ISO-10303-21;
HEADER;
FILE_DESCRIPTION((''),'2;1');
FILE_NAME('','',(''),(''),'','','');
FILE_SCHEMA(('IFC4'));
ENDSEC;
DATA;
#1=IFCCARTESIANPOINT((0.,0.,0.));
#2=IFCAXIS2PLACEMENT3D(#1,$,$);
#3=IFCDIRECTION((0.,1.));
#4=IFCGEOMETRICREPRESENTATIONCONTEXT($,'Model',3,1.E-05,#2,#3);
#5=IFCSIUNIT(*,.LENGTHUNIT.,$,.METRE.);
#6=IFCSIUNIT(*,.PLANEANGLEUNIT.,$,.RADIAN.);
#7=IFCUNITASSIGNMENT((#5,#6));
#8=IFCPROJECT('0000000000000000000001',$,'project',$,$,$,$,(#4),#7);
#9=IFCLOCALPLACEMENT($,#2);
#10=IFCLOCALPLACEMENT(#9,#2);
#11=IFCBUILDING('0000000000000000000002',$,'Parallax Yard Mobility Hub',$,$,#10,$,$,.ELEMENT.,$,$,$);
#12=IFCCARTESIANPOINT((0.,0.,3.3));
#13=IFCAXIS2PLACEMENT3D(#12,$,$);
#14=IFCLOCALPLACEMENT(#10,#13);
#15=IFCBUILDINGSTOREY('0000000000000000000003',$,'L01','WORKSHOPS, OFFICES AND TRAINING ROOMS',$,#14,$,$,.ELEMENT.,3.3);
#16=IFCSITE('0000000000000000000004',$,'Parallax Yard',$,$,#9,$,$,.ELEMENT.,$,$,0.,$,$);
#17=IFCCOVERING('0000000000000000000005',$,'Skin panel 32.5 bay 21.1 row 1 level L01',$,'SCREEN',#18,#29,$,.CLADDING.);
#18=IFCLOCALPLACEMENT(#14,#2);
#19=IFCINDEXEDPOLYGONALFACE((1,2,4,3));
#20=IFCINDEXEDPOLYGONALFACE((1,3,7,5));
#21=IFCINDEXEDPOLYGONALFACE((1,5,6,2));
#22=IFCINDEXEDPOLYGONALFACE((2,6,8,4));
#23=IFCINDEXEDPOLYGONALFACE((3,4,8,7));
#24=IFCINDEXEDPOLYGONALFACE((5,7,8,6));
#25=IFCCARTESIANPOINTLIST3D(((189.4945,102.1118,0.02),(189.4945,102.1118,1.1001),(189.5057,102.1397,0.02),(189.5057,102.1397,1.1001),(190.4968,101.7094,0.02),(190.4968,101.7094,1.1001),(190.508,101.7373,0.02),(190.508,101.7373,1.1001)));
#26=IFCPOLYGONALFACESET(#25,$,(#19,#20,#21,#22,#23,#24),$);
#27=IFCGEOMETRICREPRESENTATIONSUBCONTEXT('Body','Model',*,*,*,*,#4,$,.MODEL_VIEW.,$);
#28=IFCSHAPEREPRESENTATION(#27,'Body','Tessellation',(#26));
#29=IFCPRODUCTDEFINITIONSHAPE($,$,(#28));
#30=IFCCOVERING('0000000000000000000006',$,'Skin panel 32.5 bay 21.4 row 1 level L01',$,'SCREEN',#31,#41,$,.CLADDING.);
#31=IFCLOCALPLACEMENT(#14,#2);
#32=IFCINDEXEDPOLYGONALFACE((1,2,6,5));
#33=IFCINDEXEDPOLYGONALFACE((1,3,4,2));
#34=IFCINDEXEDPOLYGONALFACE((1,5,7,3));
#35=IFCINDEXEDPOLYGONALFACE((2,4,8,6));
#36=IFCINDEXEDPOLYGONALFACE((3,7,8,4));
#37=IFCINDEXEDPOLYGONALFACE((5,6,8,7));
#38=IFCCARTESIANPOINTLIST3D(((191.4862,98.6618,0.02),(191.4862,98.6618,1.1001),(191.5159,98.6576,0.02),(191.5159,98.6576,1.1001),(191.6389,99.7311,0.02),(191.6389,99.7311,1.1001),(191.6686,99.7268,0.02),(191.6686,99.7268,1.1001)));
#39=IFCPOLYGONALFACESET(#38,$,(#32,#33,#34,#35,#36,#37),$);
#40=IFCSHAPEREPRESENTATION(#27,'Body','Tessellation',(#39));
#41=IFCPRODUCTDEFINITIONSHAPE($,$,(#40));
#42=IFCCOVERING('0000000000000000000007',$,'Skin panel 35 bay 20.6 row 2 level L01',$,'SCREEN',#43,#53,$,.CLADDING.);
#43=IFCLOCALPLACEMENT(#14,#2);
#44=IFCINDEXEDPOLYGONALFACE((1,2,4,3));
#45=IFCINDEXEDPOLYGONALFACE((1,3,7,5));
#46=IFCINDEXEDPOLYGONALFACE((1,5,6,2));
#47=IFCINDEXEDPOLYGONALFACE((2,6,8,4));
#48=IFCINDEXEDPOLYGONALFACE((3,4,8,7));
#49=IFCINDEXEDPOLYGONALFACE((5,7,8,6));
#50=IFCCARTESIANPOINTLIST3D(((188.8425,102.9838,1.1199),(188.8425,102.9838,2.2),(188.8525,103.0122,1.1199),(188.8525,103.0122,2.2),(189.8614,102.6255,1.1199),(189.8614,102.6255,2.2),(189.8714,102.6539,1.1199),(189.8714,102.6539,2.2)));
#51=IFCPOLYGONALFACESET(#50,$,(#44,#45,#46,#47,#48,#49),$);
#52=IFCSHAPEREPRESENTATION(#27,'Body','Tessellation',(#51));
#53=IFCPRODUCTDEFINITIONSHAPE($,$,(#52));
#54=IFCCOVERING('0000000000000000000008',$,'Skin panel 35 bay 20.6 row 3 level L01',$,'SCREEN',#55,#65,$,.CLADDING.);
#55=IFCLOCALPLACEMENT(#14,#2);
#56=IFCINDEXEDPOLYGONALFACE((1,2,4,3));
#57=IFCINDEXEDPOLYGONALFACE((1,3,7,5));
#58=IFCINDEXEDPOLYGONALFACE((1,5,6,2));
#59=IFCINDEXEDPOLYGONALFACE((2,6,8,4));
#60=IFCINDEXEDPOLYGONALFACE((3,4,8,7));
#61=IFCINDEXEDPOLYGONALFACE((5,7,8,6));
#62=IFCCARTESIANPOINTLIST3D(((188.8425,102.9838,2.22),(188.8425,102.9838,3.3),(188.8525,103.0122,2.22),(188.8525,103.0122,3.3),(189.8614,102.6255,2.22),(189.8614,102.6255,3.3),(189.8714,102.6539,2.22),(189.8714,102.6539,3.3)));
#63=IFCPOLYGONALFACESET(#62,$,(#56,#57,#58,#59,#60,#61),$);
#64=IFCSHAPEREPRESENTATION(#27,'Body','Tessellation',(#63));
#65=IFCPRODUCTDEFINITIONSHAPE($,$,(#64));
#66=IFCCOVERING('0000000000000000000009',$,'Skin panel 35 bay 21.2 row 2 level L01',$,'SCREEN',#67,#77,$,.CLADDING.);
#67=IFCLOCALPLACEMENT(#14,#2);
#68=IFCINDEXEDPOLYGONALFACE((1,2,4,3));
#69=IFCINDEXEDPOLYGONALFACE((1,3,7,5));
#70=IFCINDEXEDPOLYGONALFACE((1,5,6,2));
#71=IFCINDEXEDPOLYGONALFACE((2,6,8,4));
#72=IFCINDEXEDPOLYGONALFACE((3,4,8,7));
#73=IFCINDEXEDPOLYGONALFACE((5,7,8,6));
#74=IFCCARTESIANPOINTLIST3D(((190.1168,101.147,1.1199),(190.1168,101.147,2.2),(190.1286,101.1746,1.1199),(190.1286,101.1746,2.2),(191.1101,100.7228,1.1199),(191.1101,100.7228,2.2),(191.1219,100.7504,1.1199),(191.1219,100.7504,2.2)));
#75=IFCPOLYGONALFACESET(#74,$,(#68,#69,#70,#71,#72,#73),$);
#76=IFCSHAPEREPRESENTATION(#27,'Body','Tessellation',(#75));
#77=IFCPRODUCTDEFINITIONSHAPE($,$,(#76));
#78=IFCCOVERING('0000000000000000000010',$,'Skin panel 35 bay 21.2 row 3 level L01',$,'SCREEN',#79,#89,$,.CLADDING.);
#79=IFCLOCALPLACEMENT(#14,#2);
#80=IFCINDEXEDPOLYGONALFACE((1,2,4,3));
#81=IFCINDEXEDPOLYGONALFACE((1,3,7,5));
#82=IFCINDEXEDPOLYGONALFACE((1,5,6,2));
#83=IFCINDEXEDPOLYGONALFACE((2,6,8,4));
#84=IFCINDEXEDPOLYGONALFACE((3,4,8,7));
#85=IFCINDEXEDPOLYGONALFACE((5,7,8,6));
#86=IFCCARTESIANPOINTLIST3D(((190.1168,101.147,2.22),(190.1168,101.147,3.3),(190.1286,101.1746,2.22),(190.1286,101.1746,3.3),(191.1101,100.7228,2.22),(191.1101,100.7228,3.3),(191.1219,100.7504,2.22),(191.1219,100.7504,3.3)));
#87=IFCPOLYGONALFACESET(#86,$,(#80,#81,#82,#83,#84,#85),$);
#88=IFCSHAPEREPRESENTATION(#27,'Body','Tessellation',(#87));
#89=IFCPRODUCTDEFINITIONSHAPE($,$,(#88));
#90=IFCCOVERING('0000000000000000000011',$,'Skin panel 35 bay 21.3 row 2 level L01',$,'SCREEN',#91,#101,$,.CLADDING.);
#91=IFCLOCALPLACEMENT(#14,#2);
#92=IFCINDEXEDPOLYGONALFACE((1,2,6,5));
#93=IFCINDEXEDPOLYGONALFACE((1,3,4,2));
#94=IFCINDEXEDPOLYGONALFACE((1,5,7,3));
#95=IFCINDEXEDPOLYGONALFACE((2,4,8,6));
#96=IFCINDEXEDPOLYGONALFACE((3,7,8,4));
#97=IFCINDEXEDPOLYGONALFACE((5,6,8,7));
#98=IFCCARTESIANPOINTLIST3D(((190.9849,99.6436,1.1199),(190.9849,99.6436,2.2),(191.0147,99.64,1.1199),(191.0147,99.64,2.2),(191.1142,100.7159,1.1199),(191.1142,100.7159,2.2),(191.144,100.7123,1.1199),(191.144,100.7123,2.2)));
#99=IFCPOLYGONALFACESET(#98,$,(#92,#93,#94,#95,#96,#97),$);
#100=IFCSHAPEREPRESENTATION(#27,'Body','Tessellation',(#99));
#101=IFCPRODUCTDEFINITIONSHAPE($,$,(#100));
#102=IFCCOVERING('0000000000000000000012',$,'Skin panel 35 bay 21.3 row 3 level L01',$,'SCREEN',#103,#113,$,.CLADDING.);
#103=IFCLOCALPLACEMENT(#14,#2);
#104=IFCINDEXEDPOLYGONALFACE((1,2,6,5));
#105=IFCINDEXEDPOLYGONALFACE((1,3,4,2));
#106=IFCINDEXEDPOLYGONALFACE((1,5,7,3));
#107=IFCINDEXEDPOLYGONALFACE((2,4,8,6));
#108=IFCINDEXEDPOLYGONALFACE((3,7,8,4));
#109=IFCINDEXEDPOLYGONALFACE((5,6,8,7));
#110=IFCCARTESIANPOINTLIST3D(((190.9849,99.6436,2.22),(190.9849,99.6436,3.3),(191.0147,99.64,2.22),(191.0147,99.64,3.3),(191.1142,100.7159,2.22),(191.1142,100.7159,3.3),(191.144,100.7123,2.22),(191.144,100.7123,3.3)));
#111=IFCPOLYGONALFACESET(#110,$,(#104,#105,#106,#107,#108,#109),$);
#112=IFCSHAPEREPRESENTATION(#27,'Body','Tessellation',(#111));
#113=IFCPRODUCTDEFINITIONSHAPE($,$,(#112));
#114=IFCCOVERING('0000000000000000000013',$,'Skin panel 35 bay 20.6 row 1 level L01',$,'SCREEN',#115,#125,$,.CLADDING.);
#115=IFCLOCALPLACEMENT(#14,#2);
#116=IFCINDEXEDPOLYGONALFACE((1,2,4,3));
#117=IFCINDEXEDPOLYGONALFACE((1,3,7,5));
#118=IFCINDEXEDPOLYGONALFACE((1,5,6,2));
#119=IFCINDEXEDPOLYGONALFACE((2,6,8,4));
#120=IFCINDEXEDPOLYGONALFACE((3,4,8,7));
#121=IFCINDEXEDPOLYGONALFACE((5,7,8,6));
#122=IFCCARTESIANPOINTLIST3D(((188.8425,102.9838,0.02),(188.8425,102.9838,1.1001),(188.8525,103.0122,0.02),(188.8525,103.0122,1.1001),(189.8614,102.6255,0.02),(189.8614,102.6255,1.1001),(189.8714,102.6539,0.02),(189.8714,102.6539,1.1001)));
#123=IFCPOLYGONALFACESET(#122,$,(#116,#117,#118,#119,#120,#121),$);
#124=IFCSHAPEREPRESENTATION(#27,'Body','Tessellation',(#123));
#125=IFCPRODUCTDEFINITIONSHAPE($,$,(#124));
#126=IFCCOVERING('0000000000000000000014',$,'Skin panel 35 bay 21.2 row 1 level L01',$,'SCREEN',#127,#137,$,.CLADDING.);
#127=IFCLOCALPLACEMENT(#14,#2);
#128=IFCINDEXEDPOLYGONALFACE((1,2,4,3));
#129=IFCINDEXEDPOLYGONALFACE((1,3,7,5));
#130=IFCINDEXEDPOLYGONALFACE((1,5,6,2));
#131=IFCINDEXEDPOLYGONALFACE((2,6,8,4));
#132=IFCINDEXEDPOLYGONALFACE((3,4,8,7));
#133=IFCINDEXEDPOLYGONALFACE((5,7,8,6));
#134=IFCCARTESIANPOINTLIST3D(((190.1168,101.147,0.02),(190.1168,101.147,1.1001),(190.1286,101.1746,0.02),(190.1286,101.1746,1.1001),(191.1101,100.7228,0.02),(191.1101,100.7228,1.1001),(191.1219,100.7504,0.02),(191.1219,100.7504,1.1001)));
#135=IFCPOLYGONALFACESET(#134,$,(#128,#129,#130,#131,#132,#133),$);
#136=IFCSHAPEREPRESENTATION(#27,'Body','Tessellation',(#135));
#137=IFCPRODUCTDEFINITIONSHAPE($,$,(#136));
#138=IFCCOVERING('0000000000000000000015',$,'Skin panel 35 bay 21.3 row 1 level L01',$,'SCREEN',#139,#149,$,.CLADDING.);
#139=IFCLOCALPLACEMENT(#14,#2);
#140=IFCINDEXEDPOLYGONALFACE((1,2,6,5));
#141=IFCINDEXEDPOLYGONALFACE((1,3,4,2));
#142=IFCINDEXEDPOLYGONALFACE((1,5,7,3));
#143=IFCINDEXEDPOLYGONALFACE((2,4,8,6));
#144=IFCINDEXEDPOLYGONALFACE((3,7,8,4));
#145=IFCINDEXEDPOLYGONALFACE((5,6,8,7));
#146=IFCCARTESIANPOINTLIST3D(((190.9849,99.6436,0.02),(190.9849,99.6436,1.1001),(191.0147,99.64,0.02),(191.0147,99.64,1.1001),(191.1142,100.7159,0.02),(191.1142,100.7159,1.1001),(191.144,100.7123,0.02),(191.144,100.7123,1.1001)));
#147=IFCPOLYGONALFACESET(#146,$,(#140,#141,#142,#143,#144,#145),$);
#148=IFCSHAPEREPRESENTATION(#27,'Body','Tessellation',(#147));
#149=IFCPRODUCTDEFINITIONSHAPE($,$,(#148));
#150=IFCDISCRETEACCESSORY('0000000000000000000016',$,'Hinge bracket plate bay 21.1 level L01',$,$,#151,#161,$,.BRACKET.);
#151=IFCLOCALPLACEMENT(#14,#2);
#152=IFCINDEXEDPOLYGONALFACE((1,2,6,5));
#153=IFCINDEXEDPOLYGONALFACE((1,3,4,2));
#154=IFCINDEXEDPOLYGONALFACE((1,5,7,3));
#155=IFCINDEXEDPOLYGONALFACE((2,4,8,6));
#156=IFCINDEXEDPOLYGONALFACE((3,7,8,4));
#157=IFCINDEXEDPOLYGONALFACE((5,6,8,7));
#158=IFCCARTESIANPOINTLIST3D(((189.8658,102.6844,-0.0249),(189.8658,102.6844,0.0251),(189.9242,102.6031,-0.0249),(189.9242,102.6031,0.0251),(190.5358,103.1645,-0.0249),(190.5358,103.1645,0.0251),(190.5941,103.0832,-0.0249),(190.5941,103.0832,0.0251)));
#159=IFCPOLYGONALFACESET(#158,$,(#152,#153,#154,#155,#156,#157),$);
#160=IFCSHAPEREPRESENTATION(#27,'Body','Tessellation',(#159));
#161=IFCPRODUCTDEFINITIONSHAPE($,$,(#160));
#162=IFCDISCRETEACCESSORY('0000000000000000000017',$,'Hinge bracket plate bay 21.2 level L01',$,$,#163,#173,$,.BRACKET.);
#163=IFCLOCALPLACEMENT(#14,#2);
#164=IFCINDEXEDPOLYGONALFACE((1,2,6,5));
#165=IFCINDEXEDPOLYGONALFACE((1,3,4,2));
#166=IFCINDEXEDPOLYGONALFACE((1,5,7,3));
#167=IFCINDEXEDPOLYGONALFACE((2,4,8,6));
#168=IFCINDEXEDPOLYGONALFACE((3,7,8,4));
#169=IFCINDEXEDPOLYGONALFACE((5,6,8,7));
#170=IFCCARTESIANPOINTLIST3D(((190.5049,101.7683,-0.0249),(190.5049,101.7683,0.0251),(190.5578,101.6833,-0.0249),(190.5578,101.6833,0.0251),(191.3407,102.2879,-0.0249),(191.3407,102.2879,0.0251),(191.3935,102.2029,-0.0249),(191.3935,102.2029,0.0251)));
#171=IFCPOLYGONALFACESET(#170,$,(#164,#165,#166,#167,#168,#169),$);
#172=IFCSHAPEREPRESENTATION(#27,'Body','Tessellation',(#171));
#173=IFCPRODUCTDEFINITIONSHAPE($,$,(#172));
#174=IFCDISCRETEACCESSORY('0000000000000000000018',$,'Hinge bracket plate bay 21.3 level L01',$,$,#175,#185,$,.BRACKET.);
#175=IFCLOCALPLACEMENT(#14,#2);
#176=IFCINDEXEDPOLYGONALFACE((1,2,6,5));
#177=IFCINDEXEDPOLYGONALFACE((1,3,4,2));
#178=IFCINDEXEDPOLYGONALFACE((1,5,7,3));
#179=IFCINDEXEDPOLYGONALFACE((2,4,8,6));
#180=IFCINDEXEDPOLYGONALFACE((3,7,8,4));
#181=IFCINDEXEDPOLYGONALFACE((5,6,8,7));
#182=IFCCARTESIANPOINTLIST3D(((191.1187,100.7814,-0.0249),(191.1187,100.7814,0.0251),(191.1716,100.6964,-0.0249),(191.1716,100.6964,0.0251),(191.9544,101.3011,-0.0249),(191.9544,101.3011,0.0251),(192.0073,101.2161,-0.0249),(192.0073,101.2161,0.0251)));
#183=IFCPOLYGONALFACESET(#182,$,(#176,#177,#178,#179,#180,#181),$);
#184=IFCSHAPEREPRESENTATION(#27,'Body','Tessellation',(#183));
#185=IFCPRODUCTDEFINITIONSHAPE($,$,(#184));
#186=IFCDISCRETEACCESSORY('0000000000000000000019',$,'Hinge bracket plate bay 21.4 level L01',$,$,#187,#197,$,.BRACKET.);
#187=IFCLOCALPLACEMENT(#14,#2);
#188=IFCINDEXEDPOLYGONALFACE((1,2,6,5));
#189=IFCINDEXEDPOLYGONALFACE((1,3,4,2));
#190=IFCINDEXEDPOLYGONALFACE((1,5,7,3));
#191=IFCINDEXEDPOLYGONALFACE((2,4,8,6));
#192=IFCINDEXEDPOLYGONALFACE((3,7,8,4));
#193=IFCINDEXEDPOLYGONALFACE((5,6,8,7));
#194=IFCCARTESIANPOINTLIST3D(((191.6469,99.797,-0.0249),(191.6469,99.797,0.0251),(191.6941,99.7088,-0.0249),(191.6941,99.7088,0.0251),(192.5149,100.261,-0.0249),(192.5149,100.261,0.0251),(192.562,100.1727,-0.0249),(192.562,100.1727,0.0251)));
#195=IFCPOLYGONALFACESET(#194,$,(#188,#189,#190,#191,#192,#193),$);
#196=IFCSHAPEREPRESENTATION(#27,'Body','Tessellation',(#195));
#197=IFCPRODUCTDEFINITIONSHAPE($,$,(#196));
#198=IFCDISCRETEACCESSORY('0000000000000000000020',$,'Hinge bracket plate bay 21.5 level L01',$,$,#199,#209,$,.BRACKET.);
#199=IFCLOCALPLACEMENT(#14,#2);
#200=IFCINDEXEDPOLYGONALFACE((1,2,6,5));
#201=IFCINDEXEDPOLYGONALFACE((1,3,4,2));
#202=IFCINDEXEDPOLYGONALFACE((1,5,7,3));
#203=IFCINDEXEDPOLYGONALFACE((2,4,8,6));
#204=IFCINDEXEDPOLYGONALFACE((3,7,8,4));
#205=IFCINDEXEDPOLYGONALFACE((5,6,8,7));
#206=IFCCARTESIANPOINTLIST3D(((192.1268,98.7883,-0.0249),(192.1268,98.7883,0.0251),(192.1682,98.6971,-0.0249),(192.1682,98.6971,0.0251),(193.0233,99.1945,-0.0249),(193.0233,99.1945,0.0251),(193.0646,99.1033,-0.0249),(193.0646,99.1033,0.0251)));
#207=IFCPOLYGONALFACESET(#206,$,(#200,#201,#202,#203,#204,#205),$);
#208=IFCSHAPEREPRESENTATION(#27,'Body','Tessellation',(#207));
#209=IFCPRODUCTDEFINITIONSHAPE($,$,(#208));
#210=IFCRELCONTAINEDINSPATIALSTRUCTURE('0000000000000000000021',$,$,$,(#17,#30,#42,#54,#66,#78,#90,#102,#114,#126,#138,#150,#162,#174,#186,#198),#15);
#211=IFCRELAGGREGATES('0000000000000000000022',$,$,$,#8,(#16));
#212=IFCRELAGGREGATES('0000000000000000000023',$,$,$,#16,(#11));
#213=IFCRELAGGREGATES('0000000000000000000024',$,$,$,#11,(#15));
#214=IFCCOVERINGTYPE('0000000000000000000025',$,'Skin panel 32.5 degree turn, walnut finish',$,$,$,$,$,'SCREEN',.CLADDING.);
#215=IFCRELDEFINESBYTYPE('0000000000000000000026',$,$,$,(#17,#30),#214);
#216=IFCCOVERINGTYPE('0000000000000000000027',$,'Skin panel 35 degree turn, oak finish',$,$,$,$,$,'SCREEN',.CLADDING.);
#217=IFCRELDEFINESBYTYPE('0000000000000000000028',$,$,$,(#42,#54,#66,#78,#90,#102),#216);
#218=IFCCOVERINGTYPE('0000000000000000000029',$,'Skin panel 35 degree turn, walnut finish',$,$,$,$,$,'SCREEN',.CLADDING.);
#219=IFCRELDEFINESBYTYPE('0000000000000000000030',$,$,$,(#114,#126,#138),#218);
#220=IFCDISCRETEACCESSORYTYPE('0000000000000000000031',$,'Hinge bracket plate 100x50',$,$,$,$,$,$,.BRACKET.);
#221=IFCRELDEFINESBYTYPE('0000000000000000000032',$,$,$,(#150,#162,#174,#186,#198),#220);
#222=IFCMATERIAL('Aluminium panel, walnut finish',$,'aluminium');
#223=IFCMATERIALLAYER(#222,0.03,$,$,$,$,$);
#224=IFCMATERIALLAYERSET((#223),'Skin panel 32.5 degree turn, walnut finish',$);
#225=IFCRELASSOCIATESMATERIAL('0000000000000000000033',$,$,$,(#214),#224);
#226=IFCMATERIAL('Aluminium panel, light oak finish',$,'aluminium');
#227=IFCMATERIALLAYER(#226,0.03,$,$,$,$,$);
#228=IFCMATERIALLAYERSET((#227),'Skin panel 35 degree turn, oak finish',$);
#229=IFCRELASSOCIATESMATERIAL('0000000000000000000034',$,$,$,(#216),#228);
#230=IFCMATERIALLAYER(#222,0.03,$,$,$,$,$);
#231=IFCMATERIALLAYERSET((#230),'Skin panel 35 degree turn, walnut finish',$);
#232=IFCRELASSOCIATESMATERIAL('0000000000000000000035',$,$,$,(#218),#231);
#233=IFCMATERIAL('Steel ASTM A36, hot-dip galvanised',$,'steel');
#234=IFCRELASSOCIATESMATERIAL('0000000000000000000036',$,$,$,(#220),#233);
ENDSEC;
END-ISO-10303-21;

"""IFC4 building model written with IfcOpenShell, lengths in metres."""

from ifc_helpers import new_model, si_unit, direction, frame, origin, origin_2d, place, context, subcontext, project, spatial, rectangle, extrude, material, layer, layer_set, type_object, element, save


model = new_model("IFC4")

# Units and contexts
model_context = context("Model", 3, precision=1e-05, world=origin(), true_north=direction((0.0, 1.0)))
body_context = subcontext(model_context, "Body", "Model", "MODEL_VIEW")
ifc_project = project(units=[si_unit("LENGTHUNIT", "METRE"), si_unit("PLANEANGLEUNIT", "RADIAN")], contexts=[model_context])

# Site, building, storey
site_placement = place(None, origin())
site = spatial("IfcSite", under=ifc_project, at=site_placement, Name="Parallax Yard", CompositionType="ELEMENT", RefElevation=0.0)
building_placement = place(site_placement, origin())
building = spatial("IfcBuilding", under=site, at=building_placement, Name="Parallax Yard Mobility Hub", CompositionType="ELEMENT")
storey_placement = place(building_placement, frame((0.0, 0.0, 3.3)))
storey = spatial("IfcBuildingStorey", under=building, at=storey_placement, Name="L01", Description="WORKSHOPS, OFFICES AND TRAINING ROOMS", CompositionType="ELEMENT", Elevation=3.3)

# Coverings
ifc_material_1 = material(Name="Aluminium panel, light oak finish", Category="aluminium")
ifc_material_2 = material(Name="Aluminium panel, walnut finish", Category="aluminium")
ifc_layer_1 = layer(ifc_material_2, 0.03)
ifc_layer_set_1 = layer_set([ifc_layer_1], Name="Skin panel 32.5 degree turn, walnut finish")
covering_type_1 = type_object("IfcCoveringType", Name="Skin panel 32.5 degree turn, walnut finish", ElementType="SCREEN", PredefinedType="CLADDING", material=ifc_layer_set_1)
for number, where, z_axis, x_axis, name in (
    (1, (190.0012, 101.9246, 0.02), (0.0, 0.0, 1.0), (-0.927999, 0.372583, 0.0), "Skin panel 32.5 bay 21.1 row 1 level L01"),
    (2, (191.5774, 99.1943, 0.02), (0.0, 0.0, 1.0), (-0.141333, -0.989962, 0.0), "Skin panel 32.5 bay 21.4 row 1 level L01"),
):
    element("IfcCovering", number, at=place(storey_placement, frame(where, z_axis=z_axis, x_axis=x_axis)), inside=storey, type_object=covering_type_1, Name=name, ObjectType="SCREEN", PredefinedType="CLADDING", context=body_context, shape_type="SweptSolid", body=[
        extrude(rectangle(XDim=1.0801, YDim=0.03, at=origin_2d()), origin(), (0.0, 0.0, 1.0), 1.0801),
    ])
ifc_layer_2 = layer(ifc_material_1, 0.03)
ifc_layer_set_2 = layer_set([ifc_layer_2], Name="Skin panel 35 degree turn, oak finish")
covering_type_2 = type_object("IfcCoveringType", Name="Skin panel 35 degree turn, oak finish", ElementType="SCREEN", PredefinedType="CLADDING", material=ifc_layer_set_2)
for number, where, z_axis, x_axis, name in (
    (3, (189.3569, 102.8188, 1.1199), (0.0, 0.0, 1.0), (-0.943368, 0.33175, 0.0), "Skin panel 35 bay 20.6 row 2 level L01"),
    (4, (189.3569, 102.8188, 2.22), (0.0, 0.0, 1.0), (-0.943368, 0.33175, 0.0), "Skin panel 35 bay 20.6 row 3 level L01"),
    (5, (190.6194, 100.9487, 1.1199), (0.0, 0.0, 1.0), (-0.91965, 0.392738, 0.0), "Skin panel 35 bay 21.2 row 2 level L01"),
    (6, (190.6194, 100.9487, 2.22), (0.0, 0.0, 1.0), (-0.91965, 0.392738, 0.0), "Skin panel 35 bay 21.2 row 3 level L01"),
    (7, (191.0645, 100.178, 1.1199), (0.0, 0.0, 1.0), (-0.119704, -0.99281, 0.0), "Skin panel 35 bay 21.3 row 2 level L01"),
    (8, (191.0645, 100.178, 2.22), (0.0, 0.0, 1.0), (-0.119704, -0.99281, 0.0), "Skin panel 35 bay 21.3 row 3 level L01"),
):
    element("IfcCovering", number, at=place(storey_placement, frame(where, z_axis=z_axis, x_axis=x_axis)), inside=storey, type_object=covering_type_2, Name=name, ObjectType="SCREEN", PredefinedType="CLADDING", context=body_context, shape_type="SweptSolid", body=[
        extrude(rectangle(XDim=1.0801, YDim=0.03, at=origin_2d()), origin(), (0.0, 0.0, 1.0), 1.0801),
    ])
ifc_layer_3 = layer(ifc_material_2, 0.03)
ifc_layer_set_3 = layer_set([ifc_layer_3], Name="Skin panel 35 degree turn, walnut finish")
covering_type_3 = type_object("IfcCoveringType", Name="Skin panel 35 degree turn, walnut finish", ElementType="SCREEN", PredefinedType="CLADDING", material=ifc_layer_set_3)
for number, where, z_axis, x_axis, name in (
    (9, (189.3569, 102.8188, 0.02), (0.0, 0.0, 1.0), (-0.943368, 0.33175, 0.0), "Skin panel 35 bay 20.6 row 1 level L01"),
    (10, (190.6194, 100.9487, 0.02), (0.0, 0.0, 1.0), (-0.91965, 0.392738, 0.0), "Skin panel 35 bay 21.2 row 1 level L01"),
    (11, (191.0645, 100.178, 0.02), (0.0, 0.0, 1.0), (-0.119704, -0.99281, 0.0), "Skin panel 35 bay 21.3 row 1 level L01"),
):
    element("IfcCovering", number, at=place(storey_placement, frame(where, z_axis=z_axis, x_axis=x_axis)), inside=storey, type_object=covering_type_3, Name=name, ObjectType="SCREEN", PredefinedType="CLADDING", context=body_context, shape_type="SweptSolid", body=[
        extrude(rectangle(XDim=1.0801, YDim=0.03, at=origin_2d()), origin(), (0.0, 0.0, 1.0), 1.0801),
    ])

# Discrete accessories
ifc_material_3 = material(Name="Steel ASTM A36, hot-dip galvanised", Category="steel")
discrete_accessory_type_1 = type_object("IfcDiscreteAccessoryType", Name="Hinge bracket plate 100x50", PredefinedType="BRACKET", material=ifc_material_3)
discrete_accessory_placement = place(storey_placement, frame((190.23, 102.8838, -0.0249), z_axis=(0.0, 0.0, 1.0), x_axis=(-0.812847, -0.582478, 0.0)))
element("IfcDiscreteAccessory", 12, at=discrete_accessory_placement, inside=storey, type_object=discrete_accessory_type_1, Name="Hinge bracket plate bay 21.1 level L01", PredefinedType="BRACKET", context=body_context, shape_type="SweptSolid", body=[
    extrude(rectangle(XDim=0.8242, YDim=0.1001, at=origin_2d()), origin(), (0.0, 0.0, 1.0), 0.05),
])
for number, where, z_axis, x_axis, name in (
    (13, (190.9492, 101.9856, -0.0249), (0.0, 0.0, 1.0), (-0.849202, -0.528068, 0.0), "Hinge bracket plate bay 21.2 level L01"),
    (14, (191.563, 100.9988, -0.0249), (0.0, 0.0, 1.0), (-0.849202, -0.528068, 0.0), "Hinge bracket plate bay 21.3 level L01"),
    (15, (192.1045, 99.9849, -0.0249), (0.0, 0.0, 1.0), (-0.881921, -0.471397, 0.0), "Hinge bracket plate bay 21.4 level L01"),
    (16, (192.5957, 98.9458, -0.0249), (0.0, 0.0, 1.0), (-0.910864, -0.412707, 0.0), "Hinge bracket plate bay 21.5 level L01"),
):
    element("IfcDiscreteAccessory", number, at=place(storey_placement, frame(where, z_axis=z_axis, x_axis=x_axis)), inside=storey, type_object=discrete_accessory_type_1, Name=name, PredefinedType="BRACKET", context=body_context, shape_type="SweptSolid", body=[
        extrude(rectangle(XDim=0.9841, YDim=0.1001, at=origin_2d()), origin(), (0.0, 0.0, 1.0), 0.05),
    ])

save(model, "model.ifc")
